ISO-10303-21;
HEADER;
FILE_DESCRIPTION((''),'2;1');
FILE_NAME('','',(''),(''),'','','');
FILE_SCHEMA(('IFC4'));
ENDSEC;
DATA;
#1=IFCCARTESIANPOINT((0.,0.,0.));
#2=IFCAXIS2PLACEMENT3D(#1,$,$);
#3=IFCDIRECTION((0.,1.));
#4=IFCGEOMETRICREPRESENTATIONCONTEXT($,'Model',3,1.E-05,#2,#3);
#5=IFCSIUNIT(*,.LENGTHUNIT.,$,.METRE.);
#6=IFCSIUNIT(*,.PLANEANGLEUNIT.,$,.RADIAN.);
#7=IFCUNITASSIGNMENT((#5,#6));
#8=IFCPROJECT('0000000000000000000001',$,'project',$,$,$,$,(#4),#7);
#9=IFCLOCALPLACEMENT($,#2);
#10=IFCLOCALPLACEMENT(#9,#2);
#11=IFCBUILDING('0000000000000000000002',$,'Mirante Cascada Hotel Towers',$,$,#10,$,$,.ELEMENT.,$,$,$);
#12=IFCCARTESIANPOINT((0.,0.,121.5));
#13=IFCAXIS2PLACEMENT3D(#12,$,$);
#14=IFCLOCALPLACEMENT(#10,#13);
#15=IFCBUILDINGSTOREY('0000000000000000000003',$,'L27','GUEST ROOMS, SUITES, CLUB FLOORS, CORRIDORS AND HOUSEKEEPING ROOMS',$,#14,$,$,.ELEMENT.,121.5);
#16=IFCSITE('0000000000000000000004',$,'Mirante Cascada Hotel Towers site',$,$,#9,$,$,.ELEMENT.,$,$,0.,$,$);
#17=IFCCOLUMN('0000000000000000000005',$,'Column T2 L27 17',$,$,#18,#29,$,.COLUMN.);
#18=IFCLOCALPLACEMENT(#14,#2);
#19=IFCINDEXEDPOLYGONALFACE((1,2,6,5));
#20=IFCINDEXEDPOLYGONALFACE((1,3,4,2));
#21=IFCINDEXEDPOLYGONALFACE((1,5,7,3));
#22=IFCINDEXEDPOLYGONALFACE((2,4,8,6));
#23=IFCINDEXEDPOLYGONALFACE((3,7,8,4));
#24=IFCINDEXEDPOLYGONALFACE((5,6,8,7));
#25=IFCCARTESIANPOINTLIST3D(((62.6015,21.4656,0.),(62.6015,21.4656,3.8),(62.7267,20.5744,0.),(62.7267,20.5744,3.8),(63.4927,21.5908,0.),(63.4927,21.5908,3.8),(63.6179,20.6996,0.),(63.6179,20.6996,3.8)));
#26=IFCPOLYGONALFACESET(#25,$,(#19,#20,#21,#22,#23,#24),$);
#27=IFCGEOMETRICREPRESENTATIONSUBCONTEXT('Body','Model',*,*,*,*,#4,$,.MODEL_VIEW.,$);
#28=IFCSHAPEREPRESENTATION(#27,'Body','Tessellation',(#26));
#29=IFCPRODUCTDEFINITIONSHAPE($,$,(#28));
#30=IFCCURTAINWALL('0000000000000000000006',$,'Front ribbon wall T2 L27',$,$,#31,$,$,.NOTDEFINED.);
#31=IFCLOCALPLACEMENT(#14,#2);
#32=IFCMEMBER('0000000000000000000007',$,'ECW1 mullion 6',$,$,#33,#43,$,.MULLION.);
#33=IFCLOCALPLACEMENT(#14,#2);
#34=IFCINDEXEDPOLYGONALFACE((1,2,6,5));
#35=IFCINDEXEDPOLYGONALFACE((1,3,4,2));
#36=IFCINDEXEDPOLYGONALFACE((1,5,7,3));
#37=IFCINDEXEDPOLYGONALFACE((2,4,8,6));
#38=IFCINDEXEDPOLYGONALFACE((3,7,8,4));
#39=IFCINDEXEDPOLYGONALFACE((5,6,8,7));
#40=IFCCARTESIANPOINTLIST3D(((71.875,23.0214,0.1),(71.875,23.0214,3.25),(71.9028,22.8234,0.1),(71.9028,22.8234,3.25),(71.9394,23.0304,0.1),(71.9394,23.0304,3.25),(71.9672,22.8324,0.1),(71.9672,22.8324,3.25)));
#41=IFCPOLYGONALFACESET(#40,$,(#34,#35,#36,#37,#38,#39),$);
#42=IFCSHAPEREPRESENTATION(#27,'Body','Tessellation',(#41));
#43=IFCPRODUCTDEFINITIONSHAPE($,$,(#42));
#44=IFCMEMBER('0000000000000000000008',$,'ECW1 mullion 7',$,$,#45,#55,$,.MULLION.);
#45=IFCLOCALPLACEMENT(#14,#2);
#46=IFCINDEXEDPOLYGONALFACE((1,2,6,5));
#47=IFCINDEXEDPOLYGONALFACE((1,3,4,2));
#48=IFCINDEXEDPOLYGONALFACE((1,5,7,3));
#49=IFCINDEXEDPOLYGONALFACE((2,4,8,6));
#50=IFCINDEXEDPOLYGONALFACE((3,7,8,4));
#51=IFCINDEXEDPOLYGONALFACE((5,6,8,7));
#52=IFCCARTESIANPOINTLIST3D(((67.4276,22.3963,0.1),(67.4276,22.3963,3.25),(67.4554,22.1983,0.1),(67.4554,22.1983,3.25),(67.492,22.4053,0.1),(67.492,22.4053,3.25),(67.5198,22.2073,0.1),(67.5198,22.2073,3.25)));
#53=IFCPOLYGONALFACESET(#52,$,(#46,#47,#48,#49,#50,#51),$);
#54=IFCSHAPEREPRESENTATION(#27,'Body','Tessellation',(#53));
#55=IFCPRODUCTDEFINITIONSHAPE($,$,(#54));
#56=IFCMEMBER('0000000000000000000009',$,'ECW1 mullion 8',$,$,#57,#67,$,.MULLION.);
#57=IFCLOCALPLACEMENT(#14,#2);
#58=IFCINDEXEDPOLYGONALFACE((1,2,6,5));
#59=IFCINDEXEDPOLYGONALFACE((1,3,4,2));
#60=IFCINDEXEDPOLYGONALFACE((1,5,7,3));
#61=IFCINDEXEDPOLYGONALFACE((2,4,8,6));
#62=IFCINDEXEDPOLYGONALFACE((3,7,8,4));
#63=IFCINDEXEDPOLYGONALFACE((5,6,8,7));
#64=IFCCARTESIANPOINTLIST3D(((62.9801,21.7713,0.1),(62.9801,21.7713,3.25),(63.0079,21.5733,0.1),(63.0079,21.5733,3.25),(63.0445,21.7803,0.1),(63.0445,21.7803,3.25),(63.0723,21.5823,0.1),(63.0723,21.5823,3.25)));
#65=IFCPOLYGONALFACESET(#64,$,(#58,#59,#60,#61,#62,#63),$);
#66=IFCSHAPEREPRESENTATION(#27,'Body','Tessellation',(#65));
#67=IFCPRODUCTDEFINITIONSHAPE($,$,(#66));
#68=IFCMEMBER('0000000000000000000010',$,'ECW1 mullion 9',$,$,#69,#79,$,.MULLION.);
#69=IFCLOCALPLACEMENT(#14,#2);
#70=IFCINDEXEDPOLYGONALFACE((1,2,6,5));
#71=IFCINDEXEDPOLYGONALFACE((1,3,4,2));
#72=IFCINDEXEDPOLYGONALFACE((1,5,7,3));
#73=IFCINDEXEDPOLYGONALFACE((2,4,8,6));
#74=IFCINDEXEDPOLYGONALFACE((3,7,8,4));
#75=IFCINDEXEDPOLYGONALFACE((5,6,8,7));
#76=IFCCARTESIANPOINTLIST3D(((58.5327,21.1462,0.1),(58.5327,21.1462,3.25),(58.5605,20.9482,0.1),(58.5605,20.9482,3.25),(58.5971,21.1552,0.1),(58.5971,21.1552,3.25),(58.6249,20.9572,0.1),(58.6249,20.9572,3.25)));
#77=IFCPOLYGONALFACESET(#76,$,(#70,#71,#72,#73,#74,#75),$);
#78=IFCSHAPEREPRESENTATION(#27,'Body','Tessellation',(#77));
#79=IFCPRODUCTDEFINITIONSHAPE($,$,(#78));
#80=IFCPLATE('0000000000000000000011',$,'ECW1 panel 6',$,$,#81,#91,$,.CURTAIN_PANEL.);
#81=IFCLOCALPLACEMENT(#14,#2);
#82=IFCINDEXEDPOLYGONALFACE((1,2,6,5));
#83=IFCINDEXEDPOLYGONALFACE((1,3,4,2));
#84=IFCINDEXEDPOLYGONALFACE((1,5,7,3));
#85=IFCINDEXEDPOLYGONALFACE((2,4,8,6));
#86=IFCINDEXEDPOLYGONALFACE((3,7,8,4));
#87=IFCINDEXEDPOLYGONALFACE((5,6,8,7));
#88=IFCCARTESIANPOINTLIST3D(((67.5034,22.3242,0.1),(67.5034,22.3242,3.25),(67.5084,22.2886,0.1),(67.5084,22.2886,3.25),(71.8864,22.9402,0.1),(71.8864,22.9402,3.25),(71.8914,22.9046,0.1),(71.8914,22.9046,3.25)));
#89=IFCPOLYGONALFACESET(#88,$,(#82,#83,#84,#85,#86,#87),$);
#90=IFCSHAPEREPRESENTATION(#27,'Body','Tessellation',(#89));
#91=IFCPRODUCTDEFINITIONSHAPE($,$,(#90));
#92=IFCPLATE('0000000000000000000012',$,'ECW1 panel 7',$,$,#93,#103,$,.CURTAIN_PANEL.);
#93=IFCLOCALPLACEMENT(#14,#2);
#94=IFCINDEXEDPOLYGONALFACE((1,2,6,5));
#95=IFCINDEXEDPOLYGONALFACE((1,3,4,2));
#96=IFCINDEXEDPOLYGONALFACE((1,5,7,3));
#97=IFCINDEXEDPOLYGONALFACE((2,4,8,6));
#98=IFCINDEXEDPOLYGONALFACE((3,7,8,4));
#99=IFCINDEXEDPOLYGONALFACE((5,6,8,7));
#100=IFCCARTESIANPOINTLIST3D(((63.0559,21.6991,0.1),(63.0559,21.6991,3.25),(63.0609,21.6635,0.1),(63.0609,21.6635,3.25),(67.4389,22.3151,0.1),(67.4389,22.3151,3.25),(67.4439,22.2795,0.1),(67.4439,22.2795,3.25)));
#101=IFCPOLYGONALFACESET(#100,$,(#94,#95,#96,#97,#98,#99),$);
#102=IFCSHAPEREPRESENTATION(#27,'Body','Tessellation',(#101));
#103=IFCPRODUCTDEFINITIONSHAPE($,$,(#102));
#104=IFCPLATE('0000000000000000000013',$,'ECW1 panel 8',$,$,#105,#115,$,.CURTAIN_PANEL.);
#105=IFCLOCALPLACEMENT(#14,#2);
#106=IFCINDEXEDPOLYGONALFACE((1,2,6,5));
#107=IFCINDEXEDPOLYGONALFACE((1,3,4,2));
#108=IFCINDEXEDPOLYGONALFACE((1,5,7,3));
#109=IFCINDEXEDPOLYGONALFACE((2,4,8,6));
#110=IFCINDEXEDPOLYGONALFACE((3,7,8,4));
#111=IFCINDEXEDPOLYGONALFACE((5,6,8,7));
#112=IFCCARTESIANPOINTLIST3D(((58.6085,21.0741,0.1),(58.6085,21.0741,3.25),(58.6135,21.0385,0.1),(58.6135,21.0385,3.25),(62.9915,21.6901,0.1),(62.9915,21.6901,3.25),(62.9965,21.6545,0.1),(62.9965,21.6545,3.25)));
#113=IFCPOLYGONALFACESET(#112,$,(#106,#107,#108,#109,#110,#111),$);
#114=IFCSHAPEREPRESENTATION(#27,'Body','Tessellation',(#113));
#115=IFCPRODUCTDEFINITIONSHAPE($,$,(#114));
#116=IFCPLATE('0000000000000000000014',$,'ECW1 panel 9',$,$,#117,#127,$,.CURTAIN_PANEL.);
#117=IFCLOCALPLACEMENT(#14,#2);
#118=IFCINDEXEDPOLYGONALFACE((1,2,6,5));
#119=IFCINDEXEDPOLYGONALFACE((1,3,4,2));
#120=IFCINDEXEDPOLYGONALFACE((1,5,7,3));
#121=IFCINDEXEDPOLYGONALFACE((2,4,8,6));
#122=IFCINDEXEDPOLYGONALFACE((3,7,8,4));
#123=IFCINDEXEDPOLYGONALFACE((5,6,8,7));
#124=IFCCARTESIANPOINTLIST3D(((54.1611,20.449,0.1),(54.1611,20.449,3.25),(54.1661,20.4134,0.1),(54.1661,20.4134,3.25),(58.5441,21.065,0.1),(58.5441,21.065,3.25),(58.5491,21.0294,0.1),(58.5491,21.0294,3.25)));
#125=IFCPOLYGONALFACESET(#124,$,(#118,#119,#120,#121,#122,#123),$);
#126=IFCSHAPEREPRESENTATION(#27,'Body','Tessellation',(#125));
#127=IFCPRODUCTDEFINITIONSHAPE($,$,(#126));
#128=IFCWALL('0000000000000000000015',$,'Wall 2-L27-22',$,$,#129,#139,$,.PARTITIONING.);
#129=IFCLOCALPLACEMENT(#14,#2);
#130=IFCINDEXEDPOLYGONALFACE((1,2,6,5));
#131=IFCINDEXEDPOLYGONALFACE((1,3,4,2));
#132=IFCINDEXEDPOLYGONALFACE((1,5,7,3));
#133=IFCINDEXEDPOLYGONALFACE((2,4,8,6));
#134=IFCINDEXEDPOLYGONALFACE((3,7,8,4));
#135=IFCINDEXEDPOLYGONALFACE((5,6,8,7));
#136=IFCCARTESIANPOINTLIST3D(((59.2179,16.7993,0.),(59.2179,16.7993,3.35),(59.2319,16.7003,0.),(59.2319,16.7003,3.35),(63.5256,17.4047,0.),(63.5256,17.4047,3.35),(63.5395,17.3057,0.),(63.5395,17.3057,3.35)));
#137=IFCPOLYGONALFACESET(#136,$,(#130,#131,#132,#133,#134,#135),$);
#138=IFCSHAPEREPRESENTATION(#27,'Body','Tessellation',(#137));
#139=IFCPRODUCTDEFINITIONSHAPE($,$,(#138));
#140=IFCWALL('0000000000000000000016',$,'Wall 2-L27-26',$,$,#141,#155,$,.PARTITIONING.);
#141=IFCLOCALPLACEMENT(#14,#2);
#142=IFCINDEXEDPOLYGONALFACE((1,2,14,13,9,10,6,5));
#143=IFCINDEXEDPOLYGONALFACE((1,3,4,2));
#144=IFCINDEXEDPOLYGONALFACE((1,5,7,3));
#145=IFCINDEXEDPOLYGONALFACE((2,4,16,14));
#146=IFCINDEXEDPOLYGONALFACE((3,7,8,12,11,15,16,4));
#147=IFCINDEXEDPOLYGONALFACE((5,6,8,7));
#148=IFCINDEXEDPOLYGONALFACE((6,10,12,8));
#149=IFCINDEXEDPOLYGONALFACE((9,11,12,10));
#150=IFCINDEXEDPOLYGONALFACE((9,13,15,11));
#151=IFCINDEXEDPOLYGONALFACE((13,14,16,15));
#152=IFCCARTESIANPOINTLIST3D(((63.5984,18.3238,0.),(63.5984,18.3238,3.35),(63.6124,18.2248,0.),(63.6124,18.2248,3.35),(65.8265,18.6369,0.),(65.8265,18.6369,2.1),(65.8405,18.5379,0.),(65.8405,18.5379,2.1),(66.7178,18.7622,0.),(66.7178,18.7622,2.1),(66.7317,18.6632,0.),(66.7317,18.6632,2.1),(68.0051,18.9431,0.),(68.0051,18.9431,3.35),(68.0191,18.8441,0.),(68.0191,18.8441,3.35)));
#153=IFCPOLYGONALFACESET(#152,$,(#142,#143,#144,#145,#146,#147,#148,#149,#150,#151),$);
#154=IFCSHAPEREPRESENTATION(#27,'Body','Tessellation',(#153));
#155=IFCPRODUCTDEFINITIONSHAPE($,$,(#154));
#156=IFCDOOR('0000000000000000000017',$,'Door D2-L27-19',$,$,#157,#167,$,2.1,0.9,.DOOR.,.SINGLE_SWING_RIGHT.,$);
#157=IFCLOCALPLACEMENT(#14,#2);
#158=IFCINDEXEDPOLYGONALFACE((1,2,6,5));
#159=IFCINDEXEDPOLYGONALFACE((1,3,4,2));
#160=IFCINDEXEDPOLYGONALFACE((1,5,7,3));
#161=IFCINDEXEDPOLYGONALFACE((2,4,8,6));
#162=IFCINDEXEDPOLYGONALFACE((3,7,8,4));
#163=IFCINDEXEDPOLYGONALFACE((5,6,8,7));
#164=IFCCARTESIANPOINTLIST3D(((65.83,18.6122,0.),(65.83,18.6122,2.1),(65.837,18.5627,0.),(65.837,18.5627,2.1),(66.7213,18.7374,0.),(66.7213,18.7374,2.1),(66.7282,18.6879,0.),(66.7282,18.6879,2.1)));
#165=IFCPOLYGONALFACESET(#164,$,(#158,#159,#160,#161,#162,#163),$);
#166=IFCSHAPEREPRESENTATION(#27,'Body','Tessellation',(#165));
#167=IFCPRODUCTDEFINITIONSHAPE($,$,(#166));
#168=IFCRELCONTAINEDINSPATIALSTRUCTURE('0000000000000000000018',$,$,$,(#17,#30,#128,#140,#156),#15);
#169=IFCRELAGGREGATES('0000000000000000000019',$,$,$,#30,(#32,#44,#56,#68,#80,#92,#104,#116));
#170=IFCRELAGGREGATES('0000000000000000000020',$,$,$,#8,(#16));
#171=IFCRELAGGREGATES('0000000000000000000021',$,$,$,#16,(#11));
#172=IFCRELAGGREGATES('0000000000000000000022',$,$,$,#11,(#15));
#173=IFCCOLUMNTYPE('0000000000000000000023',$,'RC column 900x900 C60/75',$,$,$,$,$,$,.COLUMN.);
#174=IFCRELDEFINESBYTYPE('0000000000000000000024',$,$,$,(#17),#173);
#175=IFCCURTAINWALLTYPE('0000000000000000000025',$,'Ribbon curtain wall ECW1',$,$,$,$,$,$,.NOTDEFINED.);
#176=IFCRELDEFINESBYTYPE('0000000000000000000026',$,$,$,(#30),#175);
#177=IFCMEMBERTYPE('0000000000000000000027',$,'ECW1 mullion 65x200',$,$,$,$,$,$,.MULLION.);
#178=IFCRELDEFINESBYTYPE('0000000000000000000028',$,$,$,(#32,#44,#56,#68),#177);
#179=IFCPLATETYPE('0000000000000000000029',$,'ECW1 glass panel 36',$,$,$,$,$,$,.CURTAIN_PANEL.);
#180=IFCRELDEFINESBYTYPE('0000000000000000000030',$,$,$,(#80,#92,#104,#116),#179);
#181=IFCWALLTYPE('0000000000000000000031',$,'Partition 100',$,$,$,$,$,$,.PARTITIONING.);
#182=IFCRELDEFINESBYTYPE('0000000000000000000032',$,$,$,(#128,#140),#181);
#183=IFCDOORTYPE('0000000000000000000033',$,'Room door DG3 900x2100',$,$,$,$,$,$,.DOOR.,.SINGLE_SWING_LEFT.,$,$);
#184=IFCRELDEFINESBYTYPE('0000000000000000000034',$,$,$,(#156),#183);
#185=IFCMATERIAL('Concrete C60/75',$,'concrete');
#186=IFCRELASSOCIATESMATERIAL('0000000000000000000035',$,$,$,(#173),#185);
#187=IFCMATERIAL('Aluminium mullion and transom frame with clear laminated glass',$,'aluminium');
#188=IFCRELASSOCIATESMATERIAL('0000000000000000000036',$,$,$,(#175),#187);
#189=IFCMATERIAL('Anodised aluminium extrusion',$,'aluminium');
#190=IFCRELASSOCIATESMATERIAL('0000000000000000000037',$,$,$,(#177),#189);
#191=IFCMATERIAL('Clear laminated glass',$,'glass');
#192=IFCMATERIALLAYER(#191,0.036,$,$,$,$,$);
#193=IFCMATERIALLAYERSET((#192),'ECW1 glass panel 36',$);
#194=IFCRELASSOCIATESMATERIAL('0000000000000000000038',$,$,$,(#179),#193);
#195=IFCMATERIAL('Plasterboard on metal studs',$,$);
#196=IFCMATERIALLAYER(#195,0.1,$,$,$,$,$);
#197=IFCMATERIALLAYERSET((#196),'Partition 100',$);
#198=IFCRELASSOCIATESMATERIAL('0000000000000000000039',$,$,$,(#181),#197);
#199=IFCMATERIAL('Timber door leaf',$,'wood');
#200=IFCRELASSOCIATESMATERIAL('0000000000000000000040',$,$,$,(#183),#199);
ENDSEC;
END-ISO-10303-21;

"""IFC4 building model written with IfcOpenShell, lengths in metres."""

from ifc_helpers import new_model, si_unit, direction, frame, frame_2d, origin, origin_2d, place, context, subcontext, project, spatial, rectangle, extrude, material, layer, layer_set, material_profile, profile_set, type_object, element, fill, aggregate, save


model = new_model("IFC4")

# Units and contexts
model_context = context("Model", 3, precision=1e-05, world=origin(), true_north=direction((0.0, 1.0)))
body_context = subcontext(model_context, "Body", "Model", "MODEL_VIEW")
ifc_project = project(units=[si_unit("LENGTHUNIT", "METRE"), si_unit("PLANEANGLEUNIT", "RADIAN")], contexts=[model_context])

# Site, building, storey
site_placement = place(None, origin())
site = spatial("IfcSite", under=ifc_project, at=site_placement, Name="Mirante Cascada Hotel Towers site", CompositionType="ELEMENT", RefElevation=0.0)
building_placement = place(site_placement, origin())
building = spatial("IfcBuilding", under=site, at=building_placement, Name="Mirante Cascada Hotel Towers", CompositionType="ELEMENT")
storey_placement = place(building_placement, frame((0.0, 0.0, 121.5)))
storey = spatial("IfcBuildingStorey", under=building, at=storey_placement, Name="L27", Description="GUEST ROOMS, SUITES, CLUB FLOORS, CORRIDORS AND HOUSEKEEPING ROOMS", CompositionType="ELEMENT", Elevation=121.5)

# Column
ifc_material_1 = material(Name="Concrete C60/75", Category="concrete")
ifc_material_profile_1 = material_profile(ifc_material_1, rectangle(XDim=0.9, YDim=0.9, at=origin_2d()), Name="RC column 900x900 C60/75")
ifc_profile_set_1 = profile_set([ifc_material_profile_1], Name="Concrete C60/75")
column_type = type_object("IfcColumnType", Name="RC column 900x900 C60/75", PredefinedType="COLUMN", material=ifc_profile_set_1)
column_placement = place(storey_placement, frame((63.1097, 21.0826, 0.0), z_axis=(0.0, 0.0, 1.0), x_axis=(0.990268, 0.139173, 0.0)))
element("IfcColumn", 1, at=column_placement, inside=storey, type_object=column_type, Name="Column T2 L27 17", PredefinedType="COLUMN", context=body_context, shape_type="SweptSolid", body=[
    extrude(rectangle(XDim=0.9, YDim=0.9, at=origin_2d()), origin(), (0.0, 0.0, 1.0), 3.8),
])

# Curtain wall, members, plates
ifc_material_2 = material(Name="Aluminium mullion and transom frame with clear laminated glass", Category="aluminium")
curtain_wall_type = type_object("IfcCurtainWallType", Name="Ribbon curtain wall ECW1", PredefinedType="NOTDEFINED", material=ifc_material_2)
curtain_wall_placement = place(storey_placement, origin())
curtain_wall = element("IfcCurtainWall", 2, at=curtain_wall_placement, inside=storey, type_object=curtain_wall_type, Name="Front ribbon wall T2 L27", PredefinedType="NOTDEFINED")
ifc_material_3 = material(Name="Anodised aluminium extrusion", Category="aluminium")
ifc_material_profile_2 = material_profile(ifc_material_3, rectangle(XDim=0.2, YDim=0.065, at=origin_2d()), Name="ECW1 MULLION 65x200")
ifc_profile_set_2 = profile_set([ifc_material_profile_2], Name="Anodised aluminium extrusion")
member_type = type_object("IfcMemberType", Name="ECW1 mullion 65x200", PredefinedType="MULLION", material=ifc_profile_set_2)
member_1_placement = place(storey_placement, frame((71.9211, 22.9269, 0.1), z_axis=(0.0, 0.0, 1.0), x_axis=(0.139173, -0.990268, 0.0)))
member_1 = element("IfcMember", 3, at=member_1_placement, type_object=member_type, Name="ECW1 mullion 6", PredefinedType="MULLION", context=body_context, shape_type="SweptSolid", body=[
    extrude(rectangle(XDim=0.2, YDim=0.065, at=origin_2d()), origin(), (0.0, 0.0, 1.0), 3.15),
])
member_2_placement = place(storey_placement, frame((67.4737, 22.3018, 0.1), z_axis=(0.0, 0.0, 1.0), x_axis=(0.139173, -0.990268, 0.0)))
member_2 = element("IfcMember", 4, at=member_2_placement, type_object=member_type, Name="ECW1 mullion 7", PredefinedType="MULLION", context=body_context, shape_type="SweptSolid", body=[
    extrude(rectangle(XDim=0.2, YDim=0.065, at=origin_2d()), origin(), (0.0, 0.0, 1.0), 3.15),
])
member_3_placement = place(storey_placement, frame((63.0262, 21.6768, 0.1), z_axis=(0.0, 0.0, 1.0), x_axis=(0.139173, -0.990268, 0.0)))
member_3 = element("IfcMember", 5, at=member_3_placement, type_object=member_type, Name="ECW1 mullion 8", PredefinedType="MULLION", context=body_context, shape_type="SweptSolid", body=[
    extrude(rectangle(XDim=0.2, YDim=0.065, at=origin_2d()), origin(), (0.0, 0.0, 1.0), 3.15),
])
member_4_placement = place(storey_placement, frame((58.5788, 21.0517, 0.1), z_axis=(0.0, 0.0, 1.0), x_axis=(0.139173, -0.990268, 0.0)))
member_4 = element("IfcMember", 6, at=member_4_placement, type_object=member_type, Name="ECW1 mullion 9", PredefinedType="MULLION", context=body_context, shape_type="SweptSolid", body=[
    extrude(rectangle(XDim=0.2, YDim=0.065, at=origin_2d()), origin(), (0.0, 0.0, 1.0), 3.15),
])
ifc_material_4 = material(Name="Clear laminated glass", Category="glass")
ifc_layer_1 = layer(ifc_material_4, 0.036)
ifc_layer_set_1 = layer_set([ifc_layer_1], Name="ECW1 glass panel 36")
plate_type = type_object("IfcPlateType", Name="ECW1 glass panel 36", PredefinedType="CURTAIN_PANEL", material=ifc_layer_set_1)
plate_1_placement = place(storey_placement, frame((69.6974, 22.6144, 0.1), z_axis=(0.0, 0.0, 1.0), x_axis=(-0.990268, -0.139173, 0.0)))
plate_1 = element("IfcPlate", 7, at=plate_1_placement, type_object=plate_type, Name="ECW1 panel 6", PredefinedType="CURTAIN_PANEL", context=body_context, shape_type="SweptSolid", body=[
    extrude(rectangle(XDim=4.4261, YDim=0.036, at=origin_2d()), origin(), (0.0, 0.0, 1.0), 3.15),
])
plate_2_placement = place(storey_placement, frame((65.2499, 21.9893, 0.1), z_axis=(0.0, 0.0, 1.0), x_axis=(-0.990268, -0.139173, 0.0)))
plate_2 = element("IfcPlate", 8, at=plate_2_placement, type_object=plate_type, Name="ECW1 panel 7", PredefinedType="CURTAIN_PANEL", context=body_context, shape_type="SweptSolid", body=[
    extrude(rectangle(XDim=4.4261, YDim=0.036, at=origin_2d()), origin(), (0.0, 0.0, 1.0), 3.15),
])
plate_3_placement = place(storey_placement, frame((60.8025, 21.3643, 0.1), z_axis=(0.0, 0.0, 1.0), x_axis=(-0.990268, -0.139173, 0.0)))
plate_3 = element("IfcPlate", 9, at=plate_3_placement, type_object=plate_type, Name="ECW1 panel 8", PredefinedType="CURTAIN_PANEL", context=body_context, shape_type="SweptSolid", body=[
    extrude(rectangle(XDim=4.4261, YDim=0.036, at=origin_2d()), origin(), (0.0, 0.0, 1.0), 3.15),
])
plate_4_placement = place(storey_placement, frame((56.3551, 20.7392, 0.1), z_axis=(0.0, 0.0, 1.0), x_axis=(-0.990268, -0.139173, 0.0)))
plate_4 = element("IfcPlate", 10, at=plate_4_placement, type_object=plate_type, Name="ECW1 panel 9", PredefinedType="CURTAIN_PANEL", context=body_context, shape_type="SweptSolid", body=[
    extrude(rectangle(XDim=4.4261, YDim=0.036, at=origin_2d()), origin(), (0.0, 0.0, 1.0), 3.15),
])
aggregate(curtain_wall, [member_1, member_2, member_3, member_4, plate_1, plate_2, plate_3, plate_4])

# Wall
ifc_material_5 = material(Name="Plasterboard on metal studs")
ifc_layer_2 = layer(ifc_material_5, 0.1)
ifc_layer_set_2 = layer_set([ifc_layer_2], Name="Partition 100")
wall_type = type_object("IfcWallType", Name="Partition 100", PredefinedType="PARTITIONING", material=ifc_layer_set_2)
wall_1_placement = place(storey_placement, frame((59.2249, 16.7498, 0.0), z_axis=(0.0, 0.0, 1.0), x_axis=(0.990268, 0.139171, 0.0)))
element("IfcWall", 11, at=wall_1_placement, inside=storey, type_object=wall_type, Name="Wall 2-L27-22", PredefinedType="PARTITIONING", context=body_context, shape_type="SweptSolid", body=[
    extrude(rectangle(XDim=4.35, YDim=0.1, at=frame_2d((2.175, 0.0))), origin(), (0.0, 0.0, 1.0), 3.35),
])

# Wall, opening, door
wall_2_placement = place(storey_placement, frame((63.6054, 18.2743, 0.0), z_axis=(0.0, 0.0, 1.0), x_axis=(0.990269, 0.139168, 0.0)))
wall_2 = element("IfcWall", 12, at=wall_2_placement, inside=storey, type_object=wall_type, Name="Wall 2-L27-26", PredefinedType="PARTITIONING", context=body_context, shape_type="SweptSolid", body=[
    extrude(rectangle(XDim=4.45, YDim=0.1, at=frame_2d((2.225, 0.0))), origin(), (0.0, 0.0, 1.0), 3.35),
])
opening_1_placement = place(wall_2_placement, frame((2.25, 0.0, 0.0)))
opening_1 = element("IfcOpeningElement", 13, at=opening_1_placement, cuts=wall_2, PredefinedType="OPENING", context=body_context, shape_type="SweptSolid", body=[
    extrude(rectangle(XDim=0.9, YDim=2.1, at=frame_2d((0.45, 1.05))), frame((0.0, 0.05, 0.0), z_axis=(0.0, -1.0, 0.0), x_axis=(1.0, 0.0, 0.0)), (0.0, 0.0, 1.0), 0.1),
])
ifc_material_6 = material(Name="Timber door leaf", Category="wood")
door_type_1 = type_object("IfcDoorType", Name="Room door DG3 900x2100", OperationType="SINGLE_SWING_LEFT", PredefinedType="DOOR", material=ifc_material_6)
door_1_placement = place(opening_1_placement, frame((0.9, 0.0, 0.0), z_axis=(0.0, 0.0, 1.0), x_axis=(-1.0, 0.0, 0.0)))
door_1 = element("IfcDoor", 14, at=door_1_placement, inside=storey, type_object=door_type_1, Name="Door D2-L27-19", OperationType="SINGLE_SWING_RIGHT", OverallHeight=2.1, OverallWidth=0.9, PredefinedType="DOOR", context=body_context, shape_type="SweptSolid", body=[
    extrude(rectangle(XDim=0.9, YDim=2.1, at=frame_2d((0.45, 1.05))), frame((0.0, 0.025, 0.0), z_axis=(0.0, -1.0, 0.0), x_axis=(1.0, 0.0, 0.0)), (0.0, 0.0, 1.0), 0.05),
])
fill(opening_1, door_1)

save(model, "model.ifc")
